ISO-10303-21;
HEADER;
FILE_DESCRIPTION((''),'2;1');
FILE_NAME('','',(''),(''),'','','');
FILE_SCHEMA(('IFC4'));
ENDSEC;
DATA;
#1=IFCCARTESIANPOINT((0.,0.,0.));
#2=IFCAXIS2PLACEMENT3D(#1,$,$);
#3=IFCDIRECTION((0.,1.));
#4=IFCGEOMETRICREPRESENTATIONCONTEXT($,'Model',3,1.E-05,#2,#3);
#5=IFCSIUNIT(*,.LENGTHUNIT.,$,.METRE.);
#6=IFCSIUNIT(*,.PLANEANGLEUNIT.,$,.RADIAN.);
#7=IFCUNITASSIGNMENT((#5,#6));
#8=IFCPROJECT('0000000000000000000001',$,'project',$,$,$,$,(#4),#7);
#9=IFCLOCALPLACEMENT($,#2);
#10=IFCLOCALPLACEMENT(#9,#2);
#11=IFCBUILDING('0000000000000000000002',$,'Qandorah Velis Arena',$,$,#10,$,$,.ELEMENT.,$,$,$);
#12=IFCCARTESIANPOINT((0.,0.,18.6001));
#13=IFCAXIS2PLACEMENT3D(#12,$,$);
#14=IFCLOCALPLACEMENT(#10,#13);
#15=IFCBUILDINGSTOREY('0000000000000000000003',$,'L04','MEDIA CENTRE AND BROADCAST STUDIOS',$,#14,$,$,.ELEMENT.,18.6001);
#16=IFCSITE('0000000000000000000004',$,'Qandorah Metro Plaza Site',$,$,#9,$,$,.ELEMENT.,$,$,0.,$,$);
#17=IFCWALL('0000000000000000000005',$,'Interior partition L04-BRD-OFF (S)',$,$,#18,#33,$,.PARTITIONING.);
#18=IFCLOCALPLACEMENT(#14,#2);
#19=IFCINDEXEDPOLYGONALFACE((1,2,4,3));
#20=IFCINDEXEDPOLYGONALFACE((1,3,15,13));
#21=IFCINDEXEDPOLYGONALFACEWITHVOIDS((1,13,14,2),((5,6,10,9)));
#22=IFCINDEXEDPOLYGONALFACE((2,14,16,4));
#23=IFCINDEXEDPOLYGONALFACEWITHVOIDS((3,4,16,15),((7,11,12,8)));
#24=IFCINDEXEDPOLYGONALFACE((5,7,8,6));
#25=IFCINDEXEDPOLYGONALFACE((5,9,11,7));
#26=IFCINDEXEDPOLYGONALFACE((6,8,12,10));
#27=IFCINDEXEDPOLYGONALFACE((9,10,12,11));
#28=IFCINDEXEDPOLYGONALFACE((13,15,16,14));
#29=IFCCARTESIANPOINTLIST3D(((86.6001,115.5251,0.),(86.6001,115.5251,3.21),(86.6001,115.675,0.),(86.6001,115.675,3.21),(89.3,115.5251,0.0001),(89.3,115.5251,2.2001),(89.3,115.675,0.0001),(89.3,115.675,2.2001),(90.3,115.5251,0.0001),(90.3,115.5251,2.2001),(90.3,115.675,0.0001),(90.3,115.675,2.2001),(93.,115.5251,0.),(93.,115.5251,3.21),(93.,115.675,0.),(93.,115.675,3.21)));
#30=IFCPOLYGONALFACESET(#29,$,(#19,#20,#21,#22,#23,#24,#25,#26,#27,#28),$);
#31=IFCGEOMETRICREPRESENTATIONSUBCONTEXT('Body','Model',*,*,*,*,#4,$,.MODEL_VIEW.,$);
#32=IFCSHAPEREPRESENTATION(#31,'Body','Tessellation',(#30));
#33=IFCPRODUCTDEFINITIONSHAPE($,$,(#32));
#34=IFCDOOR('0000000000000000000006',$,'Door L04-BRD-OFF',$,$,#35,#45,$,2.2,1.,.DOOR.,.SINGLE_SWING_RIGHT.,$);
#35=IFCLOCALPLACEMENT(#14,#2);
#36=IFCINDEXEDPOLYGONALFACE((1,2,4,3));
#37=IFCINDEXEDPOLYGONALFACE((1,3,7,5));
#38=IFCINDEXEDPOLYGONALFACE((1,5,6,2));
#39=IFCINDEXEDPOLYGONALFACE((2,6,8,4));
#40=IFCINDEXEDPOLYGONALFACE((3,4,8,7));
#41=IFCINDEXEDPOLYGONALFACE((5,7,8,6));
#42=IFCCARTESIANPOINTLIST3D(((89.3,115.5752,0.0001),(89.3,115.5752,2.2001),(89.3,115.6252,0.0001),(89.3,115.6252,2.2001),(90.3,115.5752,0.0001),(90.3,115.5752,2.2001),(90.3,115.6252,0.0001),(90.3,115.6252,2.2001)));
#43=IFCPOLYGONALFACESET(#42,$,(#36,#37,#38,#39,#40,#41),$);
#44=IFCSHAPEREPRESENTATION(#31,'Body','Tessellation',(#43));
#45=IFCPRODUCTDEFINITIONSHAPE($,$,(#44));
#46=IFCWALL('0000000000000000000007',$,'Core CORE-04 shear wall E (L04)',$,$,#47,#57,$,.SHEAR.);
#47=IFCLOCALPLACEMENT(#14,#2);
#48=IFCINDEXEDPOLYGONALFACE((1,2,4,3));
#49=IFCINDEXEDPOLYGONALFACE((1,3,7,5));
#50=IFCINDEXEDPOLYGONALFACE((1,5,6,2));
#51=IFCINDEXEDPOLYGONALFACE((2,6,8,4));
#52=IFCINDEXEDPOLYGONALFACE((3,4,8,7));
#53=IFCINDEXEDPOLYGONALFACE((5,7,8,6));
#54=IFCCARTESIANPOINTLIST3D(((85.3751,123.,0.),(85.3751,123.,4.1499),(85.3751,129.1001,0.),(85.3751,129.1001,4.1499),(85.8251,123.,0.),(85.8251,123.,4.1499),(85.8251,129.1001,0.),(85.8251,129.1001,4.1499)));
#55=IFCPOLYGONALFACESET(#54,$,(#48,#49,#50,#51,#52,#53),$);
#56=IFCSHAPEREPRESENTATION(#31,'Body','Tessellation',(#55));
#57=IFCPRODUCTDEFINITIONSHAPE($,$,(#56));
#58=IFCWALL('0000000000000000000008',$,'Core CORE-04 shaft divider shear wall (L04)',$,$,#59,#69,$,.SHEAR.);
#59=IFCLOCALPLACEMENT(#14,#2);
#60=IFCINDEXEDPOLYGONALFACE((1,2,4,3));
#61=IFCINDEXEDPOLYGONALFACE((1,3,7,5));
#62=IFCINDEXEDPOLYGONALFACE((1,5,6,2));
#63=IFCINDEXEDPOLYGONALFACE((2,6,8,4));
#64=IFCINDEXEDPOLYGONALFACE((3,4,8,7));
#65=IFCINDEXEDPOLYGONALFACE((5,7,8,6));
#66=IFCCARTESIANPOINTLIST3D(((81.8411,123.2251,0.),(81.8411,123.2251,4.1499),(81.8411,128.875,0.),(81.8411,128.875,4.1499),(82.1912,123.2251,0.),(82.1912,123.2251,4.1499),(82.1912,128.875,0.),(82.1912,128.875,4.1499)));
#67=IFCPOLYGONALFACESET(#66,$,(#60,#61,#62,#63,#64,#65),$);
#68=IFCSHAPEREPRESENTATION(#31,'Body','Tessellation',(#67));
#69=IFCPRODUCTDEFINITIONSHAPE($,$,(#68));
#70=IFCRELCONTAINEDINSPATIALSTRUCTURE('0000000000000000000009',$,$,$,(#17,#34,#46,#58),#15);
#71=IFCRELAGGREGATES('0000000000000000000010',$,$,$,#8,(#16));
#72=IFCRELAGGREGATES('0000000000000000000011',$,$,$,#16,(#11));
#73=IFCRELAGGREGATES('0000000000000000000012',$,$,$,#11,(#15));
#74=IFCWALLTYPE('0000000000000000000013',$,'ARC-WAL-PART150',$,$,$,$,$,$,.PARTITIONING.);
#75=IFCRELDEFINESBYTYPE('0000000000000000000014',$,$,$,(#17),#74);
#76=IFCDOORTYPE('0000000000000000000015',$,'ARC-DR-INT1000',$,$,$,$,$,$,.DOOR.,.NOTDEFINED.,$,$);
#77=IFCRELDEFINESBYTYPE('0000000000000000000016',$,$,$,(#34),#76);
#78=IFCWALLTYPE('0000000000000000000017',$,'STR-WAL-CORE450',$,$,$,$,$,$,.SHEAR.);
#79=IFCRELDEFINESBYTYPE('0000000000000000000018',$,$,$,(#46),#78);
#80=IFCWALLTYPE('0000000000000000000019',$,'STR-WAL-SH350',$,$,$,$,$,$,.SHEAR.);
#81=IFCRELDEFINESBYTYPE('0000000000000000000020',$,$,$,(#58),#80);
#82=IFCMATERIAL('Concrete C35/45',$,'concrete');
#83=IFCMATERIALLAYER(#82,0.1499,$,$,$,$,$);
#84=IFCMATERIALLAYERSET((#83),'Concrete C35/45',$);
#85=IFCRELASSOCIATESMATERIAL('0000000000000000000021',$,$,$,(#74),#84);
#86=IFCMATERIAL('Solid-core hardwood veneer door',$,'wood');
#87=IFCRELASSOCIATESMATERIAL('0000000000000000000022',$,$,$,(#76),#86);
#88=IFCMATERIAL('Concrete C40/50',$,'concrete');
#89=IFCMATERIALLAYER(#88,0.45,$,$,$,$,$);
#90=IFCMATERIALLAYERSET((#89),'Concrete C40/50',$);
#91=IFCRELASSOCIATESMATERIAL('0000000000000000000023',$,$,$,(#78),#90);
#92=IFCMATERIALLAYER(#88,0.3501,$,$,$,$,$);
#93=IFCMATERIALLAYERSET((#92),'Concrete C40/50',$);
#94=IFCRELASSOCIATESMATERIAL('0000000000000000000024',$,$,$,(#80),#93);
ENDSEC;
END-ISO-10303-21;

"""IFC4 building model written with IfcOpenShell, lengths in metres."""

from ifc_helpers import new_model, si_unit, direction, frame, frame_2d, origin, place, context, subcontext, project, spatial, rectangle, extrude, material, layer, layer_set, type_object, element, fill, save


model = new_model("IFC4")

# Units and contexts
model_context = context("Model", 3, precision=1e-05, world=origin(), true_north=direction((0.0, 1.0)))
body_context = subcontext(model_context, "Body", "Model", "MODEL_VIEW")
ifc_project = project(units=[si_unit("LENGTHUNIT", "METRE"), si_unit("PLANEANGLEUNIT", "RADIAN")], contexts=[model_context])

# Site, building, storey
site_placement = place(None, origin())
site = spatial("IfcSite", under=ifc_project, at=site_placement, Name="Qandorah Metro Plaza Site", CompositionType="ELEMENT", RefElevation=0.0)
building_placement = place(site_placement, origin())
building = spatial("IfcBuilding", under=site, at=building_placement, Name="Qandorah Velis Arena", CompositionType="ELEMENT")
storey_placement = place(building_placement, frame((0.0, 0.0, 18.6001)))
storey = spatial("IfcBuildingStorey", under=building, at=storey_placement, Name="L04", Description="MEDIA CENTRE AND BROADCAST STUDIOS", CompositionType="ELEMENT", Elevation=18.6001)

# Shared definitions
ifc_material_1 = material(Name="Concrete C40/50", Category="concrete")

# Shared definitions
ifc_material_2 = material(Name="Concrete C35/45", Category="concrete")
ifc_layer_1 = layer(ifc_material_2, 0.1499)
ifc_layer_set_1 = layer_set([ifc_layer_1], Name="Concrete C35/45")
wall_type_1 = type_object("IfcWallType", Name="ARC-WAL-PART150", PredefinedType="PARTITIONING", material=ifc_layer_set_1)

# Wall, opening, door
wall_1_placement = place(storey_placement, frame((86.6001, 115.6001, 0.0), z_axis=(0.0, 0.0, 1.0), x_axis=(1.0, 0.0, 0.0)))
wall_1 = element("IfcWall", 1, at=wall_1_placement, inside=storey, type_object=wall_type_1, Name="Interior partition L04-BRD-OFF (S)", PredefinedType="PARTITIONING", context=body_context, shape_type="SweptSolid", body=[
    extrude(rectangle(XDim=6.3999, YDim=0.1499, at=frame_2d((3.2, 0.0))), origin(), (0.0, 0.0, 1.0), 3.21),
])
opening_placement = place(wall_1_placement, frame((2.7, 0.0, 0.0)))
opening = element("IfcOpeningElement", 2, at=opening_placement, cuts=wall_1, PredefinedType="OPENING", context=body_context, shape_type="SweptSolid", body=[
    extrude(rectangle(XDim=1.0, YDim=2.2, at=frame_2d((0.5, 1.1001))), frame((0.0, 0.085, 0.0), z_axis=(0.0, -1.0, 0.0), x_axis=(1.0, 0.0, 0.0)), (0.0, 0.0, 1.0), 0.1699),
])
ifc_material_3 = material(Name="Solid-core hardwood veneer door", Category="wood")
door_type = type_object("IfcDoorType", Name="ARC-DR-INT1000", OperationType="NOTDEFINED", PredefinedType="DOOR", material=ifc_material_3)
door_placement = place(opening_placement, frame((1.0, 0.0, 0.0), z_axis=(0.0, 0.0, 1.0), x_axis=(-1.0, 0.0, 0.0)))
door = element("IfcDoor", 3, at=door_placement, inside=storey, type_object=door_type, Name="Door L04-BRD-OFF", OperationType="SINGLE_SWING_RIGHT", OverallHeight=2.2, OverallWidth=1.0, PredefinedType="DOOR", context=body_context, shape_type="SweptSolid", body=[
    extrude(rectangle(XDim=1.0, YDim=2.2, at=frame_2d((0.5, 1.1001))), frame((0.0, 0.0249, 0.0), z_axis=(0.0, -1.0, 0.0), x_axis=(1.0, 0.0, 0.0)), (0.0, 0.0, 1.0), 0.05),
])
fill(opening, door)

# Walls
ifc_layer_2 = layer(ifc_material_1, 0.45)
ifc_layer_set_2 = layer_set([ifc_layer_2], Name="Concrete C40/50")
wall_type_2 = type_object("IfcWallType", Name="STR-WAL-CORE450", PredefinedType="SHEAR", material=ifc_layer_set_2)
wall_2_placement = place(storey_placement, frame((85.6001, 123.0, 0.0), z_axis=(0.0, 0.0, 1.0), x_axis=(0.0, 1.0, 0.0)))
element("IfcWall", 4, at=wall_2_placement, inside=storey, type_object=wall_type_2, Name="Core CORE-04 shear wall E (L04)", PredefinedType="SHEAR", context=body_context, shape_type="SweptSolid", body=[
    extrude(rectangle(XDim=6.1001, YDim=0.45, at=frame_2d((3.05, 0.0))), origin(), (0.0, 0.0, 1.0), 4.1499),
])
ifc_layer_3 = layer(ifc_material_1, 0.3501)
ifc_layer_set_3 = layer_set([ifc_layer_3], Name="Concrete C40/50")
wall_type_3 = type_object("IfcWallType", Name="STR-WAL-SH350", PredefinedType="SHEAR", material=ifc_layer_set_3)
wall_3_placement = place(storey_placement, frame((82.0161, 123.2251, 0.0), z_axis=(0.0, 0.0, 1.0), x_axis=(0.0, 1.0, 0.0)))
element("IfcWall", 5, at=wall_3_placement, inside=storey, type_object=wall_type_3, Name="Core CORE-04 shaft divider shear wall (L04)", PredefinedType="SHEAR", context=body_context, shape_type="SweptSolid", body=[
    extrude(rectangle(XDim=5.6499, YDim=0.3501, at=frame_2d((2.825, 0.0))), origin(), (0.0, 0.0, 1.0), 4.1499),
])

save(model, "model.ifc")
